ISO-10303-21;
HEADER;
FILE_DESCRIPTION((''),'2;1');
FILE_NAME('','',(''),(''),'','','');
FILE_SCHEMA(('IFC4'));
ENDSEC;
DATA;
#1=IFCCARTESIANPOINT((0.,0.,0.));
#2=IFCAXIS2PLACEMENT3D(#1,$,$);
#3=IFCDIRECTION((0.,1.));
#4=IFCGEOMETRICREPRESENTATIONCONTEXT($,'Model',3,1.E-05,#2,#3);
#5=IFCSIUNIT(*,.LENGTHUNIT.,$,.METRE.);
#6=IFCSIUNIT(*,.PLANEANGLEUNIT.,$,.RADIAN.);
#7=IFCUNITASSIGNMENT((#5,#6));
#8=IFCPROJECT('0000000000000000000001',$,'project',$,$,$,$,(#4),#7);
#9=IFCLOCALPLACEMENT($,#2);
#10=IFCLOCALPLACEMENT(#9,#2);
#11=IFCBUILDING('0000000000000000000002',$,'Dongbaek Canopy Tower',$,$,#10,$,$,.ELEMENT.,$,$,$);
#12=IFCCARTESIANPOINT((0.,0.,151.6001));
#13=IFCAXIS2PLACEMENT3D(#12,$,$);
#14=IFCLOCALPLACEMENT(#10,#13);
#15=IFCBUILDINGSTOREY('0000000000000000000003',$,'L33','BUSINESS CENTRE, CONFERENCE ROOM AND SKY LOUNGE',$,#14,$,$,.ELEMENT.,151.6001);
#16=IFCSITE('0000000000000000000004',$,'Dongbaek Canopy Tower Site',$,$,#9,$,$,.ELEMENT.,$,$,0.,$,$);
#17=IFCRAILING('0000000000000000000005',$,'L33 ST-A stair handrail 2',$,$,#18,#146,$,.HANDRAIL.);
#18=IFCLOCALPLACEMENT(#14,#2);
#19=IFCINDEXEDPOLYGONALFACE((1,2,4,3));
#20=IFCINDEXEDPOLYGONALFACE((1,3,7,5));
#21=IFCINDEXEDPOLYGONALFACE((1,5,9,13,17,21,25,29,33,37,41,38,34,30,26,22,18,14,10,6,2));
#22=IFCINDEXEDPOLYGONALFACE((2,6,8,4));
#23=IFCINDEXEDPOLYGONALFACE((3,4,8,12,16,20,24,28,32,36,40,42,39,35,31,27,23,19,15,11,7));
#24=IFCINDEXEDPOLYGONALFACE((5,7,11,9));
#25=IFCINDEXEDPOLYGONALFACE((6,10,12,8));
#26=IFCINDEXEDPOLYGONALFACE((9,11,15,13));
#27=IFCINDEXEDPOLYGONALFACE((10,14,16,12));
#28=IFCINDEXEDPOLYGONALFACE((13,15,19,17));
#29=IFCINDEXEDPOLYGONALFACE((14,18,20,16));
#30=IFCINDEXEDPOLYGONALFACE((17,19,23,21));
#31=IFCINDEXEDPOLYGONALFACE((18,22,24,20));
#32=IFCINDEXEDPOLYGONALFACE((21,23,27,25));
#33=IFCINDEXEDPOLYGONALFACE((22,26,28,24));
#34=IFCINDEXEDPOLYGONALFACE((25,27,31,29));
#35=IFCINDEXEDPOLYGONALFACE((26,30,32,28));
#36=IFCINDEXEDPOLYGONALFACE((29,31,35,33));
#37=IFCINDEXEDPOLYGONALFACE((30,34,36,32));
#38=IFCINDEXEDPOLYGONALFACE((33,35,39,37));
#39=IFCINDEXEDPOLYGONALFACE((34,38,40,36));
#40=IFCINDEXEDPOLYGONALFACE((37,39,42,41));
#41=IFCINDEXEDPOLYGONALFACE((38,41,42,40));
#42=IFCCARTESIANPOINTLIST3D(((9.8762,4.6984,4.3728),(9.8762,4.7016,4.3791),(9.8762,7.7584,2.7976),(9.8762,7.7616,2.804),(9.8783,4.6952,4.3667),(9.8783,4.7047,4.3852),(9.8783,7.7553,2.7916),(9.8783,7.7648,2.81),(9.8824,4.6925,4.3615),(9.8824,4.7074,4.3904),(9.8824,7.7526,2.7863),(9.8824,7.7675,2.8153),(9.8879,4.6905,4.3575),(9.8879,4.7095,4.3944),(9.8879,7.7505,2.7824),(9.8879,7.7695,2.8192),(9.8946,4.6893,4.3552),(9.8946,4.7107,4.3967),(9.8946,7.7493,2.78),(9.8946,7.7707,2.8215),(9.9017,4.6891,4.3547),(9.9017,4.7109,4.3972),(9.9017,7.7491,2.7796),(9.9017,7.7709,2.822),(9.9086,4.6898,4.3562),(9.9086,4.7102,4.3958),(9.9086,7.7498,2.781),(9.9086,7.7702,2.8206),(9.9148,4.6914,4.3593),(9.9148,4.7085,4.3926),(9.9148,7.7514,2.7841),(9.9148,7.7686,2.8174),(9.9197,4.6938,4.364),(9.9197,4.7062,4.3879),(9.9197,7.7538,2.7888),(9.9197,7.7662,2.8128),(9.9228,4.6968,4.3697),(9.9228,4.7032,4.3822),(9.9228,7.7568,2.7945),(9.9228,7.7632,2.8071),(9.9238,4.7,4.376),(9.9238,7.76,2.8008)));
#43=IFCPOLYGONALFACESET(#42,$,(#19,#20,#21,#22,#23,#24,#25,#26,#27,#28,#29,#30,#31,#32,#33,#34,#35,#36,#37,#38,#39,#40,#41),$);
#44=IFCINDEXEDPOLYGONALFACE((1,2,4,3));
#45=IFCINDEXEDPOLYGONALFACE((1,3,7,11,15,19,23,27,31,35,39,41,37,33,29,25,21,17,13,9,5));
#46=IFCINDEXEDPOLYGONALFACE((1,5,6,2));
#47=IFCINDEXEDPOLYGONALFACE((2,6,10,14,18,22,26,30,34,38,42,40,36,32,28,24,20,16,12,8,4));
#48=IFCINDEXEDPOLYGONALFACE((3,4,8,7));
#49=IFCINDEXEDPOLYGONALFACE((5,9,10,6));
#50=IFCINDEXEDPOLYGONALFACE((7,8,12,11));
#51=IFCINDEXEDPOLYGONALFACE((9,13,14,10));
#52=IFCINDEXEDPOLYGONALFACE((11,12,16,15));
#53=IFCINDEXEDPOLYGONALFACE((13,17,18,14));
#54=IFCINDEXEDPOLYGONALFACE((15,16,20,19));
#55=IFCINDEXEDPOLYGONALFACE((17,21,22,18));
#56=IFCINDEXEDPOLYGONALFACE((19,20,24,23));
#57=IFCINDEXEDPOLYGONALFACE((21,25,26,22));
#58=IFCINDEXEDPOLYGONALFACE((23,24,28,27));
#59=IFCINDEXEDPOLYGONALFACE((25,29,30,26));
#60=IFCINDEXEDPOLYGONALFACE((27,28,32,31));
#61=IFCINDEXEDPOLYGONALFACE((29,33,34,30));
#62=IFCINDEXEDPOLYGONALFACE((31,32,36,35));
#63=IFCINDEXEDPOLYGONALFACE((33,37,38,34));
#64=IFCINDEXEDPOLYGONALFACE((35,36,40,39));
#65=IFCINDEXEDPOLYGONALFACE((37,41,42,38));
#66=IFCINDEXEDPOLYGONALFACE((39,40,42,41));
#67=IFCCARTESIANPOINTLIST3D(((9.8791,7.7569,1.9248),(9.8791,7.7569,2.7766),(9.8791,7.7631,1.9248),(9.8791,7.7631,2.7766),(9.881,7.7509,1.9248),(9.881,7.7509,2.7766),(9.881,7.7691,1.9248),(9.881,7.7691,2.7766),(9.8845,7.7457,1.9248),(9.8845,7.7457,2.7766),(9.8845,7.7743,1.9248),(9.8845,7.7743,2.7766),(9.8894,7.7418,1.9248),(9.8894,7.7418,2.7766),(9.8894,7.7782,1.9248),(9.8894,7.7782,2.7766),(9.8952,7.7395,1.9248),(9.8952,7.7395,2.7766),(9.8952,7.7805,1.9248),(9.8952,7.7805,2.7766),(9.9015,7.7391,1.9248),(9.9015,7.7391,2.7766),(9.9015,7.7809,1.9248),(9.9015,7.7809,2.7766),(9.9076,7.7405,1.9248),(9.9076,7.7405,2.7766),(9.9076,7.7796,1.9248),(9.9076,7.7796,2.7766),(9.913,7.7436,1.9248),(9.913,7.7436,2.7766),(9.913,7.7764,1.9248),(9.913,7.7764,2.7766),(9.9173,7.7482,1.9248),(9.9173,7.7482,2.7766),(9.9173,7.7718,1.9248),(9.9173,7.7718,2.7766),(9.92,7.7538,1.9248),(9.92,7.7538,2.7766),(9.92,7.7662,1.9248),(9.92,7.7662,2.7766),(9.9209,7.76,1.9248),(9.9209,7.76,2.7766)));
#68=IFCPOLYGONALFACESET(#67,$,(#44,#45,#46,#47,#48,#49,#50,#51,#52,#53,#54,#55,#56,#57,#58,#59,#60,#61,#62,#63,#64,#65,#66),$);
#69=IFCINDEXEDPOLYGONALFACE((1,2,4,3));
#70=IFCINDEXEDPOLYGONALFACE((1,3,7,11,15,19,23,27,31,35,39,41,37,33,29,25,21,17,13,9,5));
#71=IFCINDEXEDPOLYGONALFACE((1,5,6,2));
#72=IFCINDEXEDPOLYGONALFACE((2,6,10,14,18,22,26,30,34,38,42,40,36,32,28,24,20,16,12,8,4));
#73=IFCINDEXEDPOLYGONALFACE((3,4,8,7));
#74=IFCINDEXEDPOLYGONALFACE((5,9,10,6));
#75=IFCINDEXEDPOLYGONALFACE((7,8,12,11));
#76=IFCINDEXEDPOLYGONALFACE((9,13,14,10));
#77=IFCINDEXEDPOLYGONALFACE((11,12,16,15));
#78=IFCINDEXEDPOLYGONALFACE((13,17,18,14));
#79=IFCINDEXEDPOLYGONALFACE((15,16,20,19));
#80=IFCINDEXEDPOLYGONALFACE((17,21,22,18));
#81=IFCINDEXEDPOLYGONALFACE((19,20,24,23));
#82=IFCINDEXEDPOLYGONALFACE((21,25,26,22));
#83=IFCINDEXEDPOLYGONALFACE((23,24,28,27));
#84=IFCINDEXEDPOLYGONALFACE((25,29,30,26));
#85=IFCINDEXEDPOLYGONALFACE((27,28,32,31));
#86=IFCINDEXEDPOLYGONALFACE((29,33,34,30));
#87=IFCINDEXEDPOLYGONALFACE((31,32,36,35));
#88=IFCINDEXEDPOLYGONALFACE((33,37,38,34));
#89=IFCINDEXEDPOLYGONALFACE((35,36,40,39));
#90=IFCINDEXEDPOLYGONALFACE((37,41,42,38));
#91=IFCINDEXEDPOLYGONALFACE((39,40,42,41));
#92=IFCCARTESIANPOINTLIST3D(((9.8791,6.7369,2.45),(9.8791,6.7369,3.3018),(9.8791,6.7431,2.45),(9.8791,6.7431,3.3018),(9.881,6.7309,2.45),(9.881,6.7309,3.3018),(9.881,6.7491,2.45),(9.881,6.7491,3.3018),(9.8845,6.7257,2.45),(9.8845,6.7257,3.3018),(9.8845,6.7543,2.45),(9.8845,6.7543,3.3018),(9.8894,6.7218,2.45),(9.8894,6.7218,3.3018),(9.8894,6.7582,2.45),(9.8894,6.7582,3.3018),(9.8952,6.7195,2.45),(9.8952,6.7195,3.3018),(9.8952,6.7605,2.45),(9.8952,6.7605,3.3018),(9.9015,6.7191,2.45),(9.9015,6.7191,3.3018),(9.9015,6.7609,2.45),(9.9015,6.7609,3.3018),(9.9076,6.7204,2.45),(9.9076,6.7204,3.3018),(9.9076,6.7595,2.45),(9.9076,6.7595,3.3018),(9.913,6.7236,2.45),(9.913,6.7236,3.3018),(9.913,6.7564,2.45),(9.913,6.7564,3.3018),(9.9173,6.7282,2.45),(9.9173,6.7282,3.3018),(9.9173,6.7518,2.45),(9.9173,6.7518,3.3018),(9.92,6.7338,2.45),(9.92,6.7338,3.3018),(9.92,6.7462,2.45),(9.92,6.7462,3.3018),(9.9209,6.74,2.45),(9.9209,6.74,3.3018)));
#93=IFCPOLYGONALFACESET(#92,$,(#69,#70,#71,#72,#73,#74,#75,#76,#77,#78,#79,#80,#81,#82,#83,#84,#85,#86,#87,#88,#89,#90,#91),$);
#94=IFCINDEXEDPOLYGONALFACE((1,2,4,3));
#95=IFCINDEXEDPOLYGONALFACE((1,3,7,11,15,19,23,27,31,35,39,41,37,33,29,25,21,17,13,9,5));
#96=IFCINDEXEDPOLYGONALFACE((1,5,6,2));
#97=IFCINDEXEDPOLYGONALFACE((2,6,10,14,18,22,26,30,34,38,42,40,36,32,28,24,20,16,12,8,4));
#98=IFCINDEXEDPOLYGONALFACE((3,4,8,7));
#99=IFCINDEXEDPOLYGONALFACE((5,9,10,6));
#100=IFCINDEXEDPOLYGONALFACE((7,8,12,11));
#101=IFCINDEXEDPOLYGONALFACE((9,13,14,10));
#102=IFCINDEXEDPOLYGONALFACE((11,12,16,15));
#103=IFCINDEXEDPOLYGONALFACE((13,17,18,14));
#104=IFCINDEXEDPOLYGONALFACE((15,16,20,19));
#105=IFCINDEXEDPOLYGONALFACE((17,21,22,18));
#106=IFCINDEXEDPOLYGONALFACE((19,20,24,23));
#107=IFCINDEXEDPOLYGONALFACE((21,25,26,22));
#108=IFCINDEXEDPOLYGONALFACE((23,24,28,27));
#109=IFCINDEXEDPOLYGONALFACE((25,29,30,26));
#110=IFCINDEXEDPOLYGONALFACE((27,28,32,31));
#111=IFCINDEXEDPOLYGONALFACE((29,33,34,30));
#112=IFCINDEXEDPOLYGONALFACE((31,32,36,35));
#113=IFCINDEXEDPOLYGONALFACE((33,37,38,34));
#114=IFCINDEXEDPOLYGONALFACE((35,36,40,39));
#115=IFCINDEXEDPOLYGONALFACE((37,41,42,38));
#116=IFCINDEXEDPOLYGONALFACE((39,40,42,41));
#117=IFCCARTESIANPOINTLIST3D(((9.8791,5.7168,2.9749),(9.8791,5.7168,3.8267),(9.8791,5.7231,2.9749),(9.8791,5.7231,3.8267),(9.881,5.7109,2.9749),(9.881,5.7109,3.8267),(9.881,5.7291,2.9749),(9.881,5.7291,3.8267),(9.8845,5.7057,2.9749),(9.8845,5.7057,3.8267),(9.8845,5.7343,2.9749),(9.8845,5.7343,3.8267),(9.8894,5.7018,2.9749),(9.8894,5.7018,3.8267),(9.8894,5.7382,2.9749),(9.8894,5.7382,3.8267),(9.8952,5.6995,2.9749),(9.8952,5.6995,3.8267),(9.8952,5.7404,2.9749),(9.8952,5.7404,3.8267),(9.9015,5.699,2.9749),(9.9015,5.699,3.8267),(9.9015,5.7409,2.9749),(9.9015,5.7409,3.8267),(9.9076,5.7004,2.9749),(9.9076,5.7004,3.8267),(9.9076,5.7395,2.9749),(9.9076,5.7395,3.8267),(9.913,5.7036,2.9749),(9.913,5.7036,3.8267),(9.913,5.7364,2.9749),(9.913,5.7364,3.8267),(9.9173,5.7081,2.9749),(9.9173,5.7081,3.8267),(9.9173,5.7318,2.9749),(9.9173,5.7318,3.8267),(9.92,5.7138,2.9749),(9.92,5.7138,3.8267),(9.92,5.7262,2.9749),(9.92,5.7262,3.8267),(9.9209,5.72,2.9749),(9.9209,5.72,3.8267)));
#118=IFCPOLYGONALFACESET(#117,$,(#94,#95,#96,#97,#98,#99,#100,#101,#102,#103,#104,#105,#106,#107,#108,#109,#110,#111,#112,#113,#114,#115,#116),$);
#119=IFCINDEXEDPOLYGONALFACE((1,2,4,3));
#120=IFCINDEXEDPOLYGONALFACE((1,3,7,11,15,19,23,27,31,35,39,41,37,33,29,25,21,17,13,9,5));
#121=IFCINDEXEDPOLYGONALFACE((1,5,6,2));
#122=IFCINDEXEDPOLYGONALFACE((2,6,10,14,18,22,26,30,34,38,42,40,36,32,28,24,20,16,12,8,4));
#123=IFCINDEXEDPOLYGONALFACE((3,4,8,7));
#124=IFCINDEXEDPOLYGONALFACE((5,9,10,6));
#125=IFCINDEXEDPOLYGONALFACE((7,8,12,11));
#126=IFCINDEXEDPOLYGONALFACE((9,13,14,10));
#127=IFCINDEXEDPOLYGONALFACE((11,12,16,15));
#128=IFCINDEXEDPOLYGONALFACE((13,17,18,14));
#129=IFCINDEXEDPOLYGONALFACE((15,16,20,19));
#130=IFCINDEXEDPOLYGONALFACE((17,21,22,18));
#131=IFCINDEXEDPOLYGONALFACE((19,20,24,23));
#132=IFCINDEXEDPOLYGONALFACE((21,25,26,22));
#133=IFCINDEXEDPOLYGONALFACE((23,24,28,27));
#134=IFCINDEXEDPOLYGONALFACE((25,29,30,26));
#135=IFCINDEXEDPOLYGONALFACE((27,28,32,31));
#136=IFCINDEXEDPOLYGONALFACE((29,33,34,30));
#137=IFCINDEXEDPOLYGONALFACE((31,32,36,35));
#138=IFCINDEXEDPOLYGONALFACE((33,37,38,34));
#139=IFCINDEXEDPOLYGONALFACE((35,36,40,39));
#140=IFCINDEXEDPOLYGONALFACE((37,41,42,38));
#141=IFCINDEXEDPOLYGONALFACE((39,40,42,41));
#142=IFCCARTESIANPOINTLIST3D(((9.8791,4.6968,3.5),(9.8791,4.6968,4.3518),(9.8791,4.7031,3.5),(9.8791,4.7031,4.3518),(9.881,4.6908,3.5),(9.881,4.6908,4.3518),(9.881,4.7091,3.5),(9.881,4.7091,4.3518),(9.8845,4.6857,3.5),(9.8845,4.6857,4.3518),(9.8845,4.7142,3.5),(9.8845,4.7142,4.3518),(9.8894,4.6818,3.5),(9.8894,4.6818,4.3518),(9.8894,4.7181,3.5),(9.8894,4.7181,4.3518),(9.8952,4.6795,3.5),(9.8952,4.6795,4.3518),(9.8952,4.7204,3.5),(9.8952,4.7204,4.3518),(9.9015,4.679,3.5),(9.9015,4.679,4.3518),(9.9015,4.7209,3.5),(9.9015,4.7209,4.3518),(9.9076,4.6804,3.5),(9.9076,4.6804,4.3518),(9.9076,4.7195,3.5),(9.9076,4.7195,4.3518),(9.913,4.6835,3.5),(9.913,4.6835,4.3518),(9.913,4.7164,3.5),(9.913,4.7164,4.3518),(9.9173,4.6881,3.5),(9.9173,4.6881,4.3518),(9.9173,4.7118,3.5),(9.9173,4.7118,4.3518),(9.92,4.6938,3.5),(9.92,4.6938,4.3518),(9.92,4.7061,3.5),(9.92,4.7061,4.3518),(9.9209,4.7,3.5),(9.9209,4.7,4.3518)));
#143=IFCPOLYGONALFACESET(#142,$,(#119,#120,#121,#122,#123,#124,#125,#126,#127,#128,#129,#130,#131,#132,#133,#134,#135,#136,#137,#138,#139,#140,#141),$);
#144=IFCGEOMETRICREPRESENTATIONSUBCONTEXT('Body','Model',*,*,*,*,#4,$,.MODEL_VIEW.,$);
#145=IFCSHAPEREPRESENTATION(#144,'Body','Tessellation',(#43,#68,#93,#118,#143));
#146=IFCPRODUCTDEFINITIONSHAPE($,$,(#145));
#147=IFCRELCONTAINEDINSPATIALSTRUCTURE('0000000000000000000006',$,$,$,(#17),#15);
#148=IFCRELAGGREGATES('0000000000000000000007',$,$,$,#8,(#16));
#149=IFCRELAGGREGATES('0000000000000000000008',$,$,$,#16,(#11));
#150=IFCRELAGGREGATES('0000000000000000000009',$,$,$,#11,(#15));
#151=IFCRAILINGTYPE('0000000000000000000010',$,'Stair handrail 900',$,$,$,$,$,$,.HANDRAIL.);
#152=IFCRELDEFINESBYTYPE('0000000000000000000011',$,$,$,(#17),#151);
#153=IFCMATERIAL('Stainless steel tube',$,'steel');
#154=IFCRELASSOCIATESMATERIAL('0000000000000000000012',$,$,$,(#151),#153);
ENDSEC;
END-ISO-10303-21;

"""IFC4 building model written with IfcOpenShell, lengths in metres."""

from ifc_helpers import new_model, si_unit, direction, frame, origin, origin_2d, place, context, subcontext, project, spatial, circle, extrude, material, type_object, element, save


model = new_model("IFC4")

# Units and contexts
model_context = context("Model", 3, precision=1e-05, world=origin(), true_north=direction((0.0, 1.0)))
body_context = subcontext(model_context, "Body", "Model", "MODEL_VIEW")
ifc_project = project(units=[si_unit("LENGTHUNIT", "METRE"), si_unit("PLANEANGLEUNIT", "RADIAN")], contexts=[model_context])

# Site, building, storey
site_placement = place(None, origin())
site = spatial("IfcSite", under=ifc_project, at=site_placement, Name="Dongbaek Canopy Tower Site", CompositionType="ELEMENT", RefElevation=0.0)
building_placement = place(site_placement, origin())
building = spatial("IfcBuilding", under=site, at=building_placement, Name="Dongbaek Canopy Tower", CompositionType="ELEMENT")
storey_placement = place(building_placement, frame((0.0, 0.0, 151.6001)))
storey = spatial("IfcBuildingStorey", under=building, at=storey_placement, Name="L33", Description="BUSINESS CENTRE, CONFERENCE ROOM AND SKY LOUNGE", CompositionType="ELEMENT", Elevation=151.6001)

# Railing
ifc_material_1 = material(Name="Stainless steel tube", Category="steel")
railing_type_1 = type_object("IfcRailingType", Name="Stair handrail 900", PredefinedType="HANDRAIL", material=ifc_material_1)
for number, where, name in (
    (1, (9.8999, 7.76, 1.9248), "L33 ST-A stair handrail 2"),
):
    element("IfcRailing", number, at=place(storey_placement, frame(where)), inside=storey, type_object=railing_type_1, Name=name, PredefinedType="HANDRAIL", context=body_context, shape_type="SweptSolid", body=[
        extrude(circle(Radius=0.0239, at=origin_2d()), frame((0.0, 0.0, 0.876), z_axis=(0.0, -0.889116, 0.457681), x_axis=(1.0, 0.0, 0.0)), (0.0, 0.0, 1.0), 3.4417),
        extrude(circle(Radius=0.021, at=origin_2d()), origin(), (0.0, 0.0, 1.0), 0.8518),
        extrude(circle(Radius=0.021, at=origin_2d()), frame((0.0, -1.02, 0.5251)), (0.0, 0.0, 1.0), 0.8518),
        extrude(circle(Radius=0.021, at=origin_2d()), frame((0.0, -2.04, 1.05)), (0.0, 0.0, 1.0), 0.8518),
        extrude(circle(Radius=0.021, at=origin_2d()), frame((0.0, -3.0601, 1.5752)), (0.0, 0.0, 1.0), 0.8518),
    ])

save(model, "model.ifc")
